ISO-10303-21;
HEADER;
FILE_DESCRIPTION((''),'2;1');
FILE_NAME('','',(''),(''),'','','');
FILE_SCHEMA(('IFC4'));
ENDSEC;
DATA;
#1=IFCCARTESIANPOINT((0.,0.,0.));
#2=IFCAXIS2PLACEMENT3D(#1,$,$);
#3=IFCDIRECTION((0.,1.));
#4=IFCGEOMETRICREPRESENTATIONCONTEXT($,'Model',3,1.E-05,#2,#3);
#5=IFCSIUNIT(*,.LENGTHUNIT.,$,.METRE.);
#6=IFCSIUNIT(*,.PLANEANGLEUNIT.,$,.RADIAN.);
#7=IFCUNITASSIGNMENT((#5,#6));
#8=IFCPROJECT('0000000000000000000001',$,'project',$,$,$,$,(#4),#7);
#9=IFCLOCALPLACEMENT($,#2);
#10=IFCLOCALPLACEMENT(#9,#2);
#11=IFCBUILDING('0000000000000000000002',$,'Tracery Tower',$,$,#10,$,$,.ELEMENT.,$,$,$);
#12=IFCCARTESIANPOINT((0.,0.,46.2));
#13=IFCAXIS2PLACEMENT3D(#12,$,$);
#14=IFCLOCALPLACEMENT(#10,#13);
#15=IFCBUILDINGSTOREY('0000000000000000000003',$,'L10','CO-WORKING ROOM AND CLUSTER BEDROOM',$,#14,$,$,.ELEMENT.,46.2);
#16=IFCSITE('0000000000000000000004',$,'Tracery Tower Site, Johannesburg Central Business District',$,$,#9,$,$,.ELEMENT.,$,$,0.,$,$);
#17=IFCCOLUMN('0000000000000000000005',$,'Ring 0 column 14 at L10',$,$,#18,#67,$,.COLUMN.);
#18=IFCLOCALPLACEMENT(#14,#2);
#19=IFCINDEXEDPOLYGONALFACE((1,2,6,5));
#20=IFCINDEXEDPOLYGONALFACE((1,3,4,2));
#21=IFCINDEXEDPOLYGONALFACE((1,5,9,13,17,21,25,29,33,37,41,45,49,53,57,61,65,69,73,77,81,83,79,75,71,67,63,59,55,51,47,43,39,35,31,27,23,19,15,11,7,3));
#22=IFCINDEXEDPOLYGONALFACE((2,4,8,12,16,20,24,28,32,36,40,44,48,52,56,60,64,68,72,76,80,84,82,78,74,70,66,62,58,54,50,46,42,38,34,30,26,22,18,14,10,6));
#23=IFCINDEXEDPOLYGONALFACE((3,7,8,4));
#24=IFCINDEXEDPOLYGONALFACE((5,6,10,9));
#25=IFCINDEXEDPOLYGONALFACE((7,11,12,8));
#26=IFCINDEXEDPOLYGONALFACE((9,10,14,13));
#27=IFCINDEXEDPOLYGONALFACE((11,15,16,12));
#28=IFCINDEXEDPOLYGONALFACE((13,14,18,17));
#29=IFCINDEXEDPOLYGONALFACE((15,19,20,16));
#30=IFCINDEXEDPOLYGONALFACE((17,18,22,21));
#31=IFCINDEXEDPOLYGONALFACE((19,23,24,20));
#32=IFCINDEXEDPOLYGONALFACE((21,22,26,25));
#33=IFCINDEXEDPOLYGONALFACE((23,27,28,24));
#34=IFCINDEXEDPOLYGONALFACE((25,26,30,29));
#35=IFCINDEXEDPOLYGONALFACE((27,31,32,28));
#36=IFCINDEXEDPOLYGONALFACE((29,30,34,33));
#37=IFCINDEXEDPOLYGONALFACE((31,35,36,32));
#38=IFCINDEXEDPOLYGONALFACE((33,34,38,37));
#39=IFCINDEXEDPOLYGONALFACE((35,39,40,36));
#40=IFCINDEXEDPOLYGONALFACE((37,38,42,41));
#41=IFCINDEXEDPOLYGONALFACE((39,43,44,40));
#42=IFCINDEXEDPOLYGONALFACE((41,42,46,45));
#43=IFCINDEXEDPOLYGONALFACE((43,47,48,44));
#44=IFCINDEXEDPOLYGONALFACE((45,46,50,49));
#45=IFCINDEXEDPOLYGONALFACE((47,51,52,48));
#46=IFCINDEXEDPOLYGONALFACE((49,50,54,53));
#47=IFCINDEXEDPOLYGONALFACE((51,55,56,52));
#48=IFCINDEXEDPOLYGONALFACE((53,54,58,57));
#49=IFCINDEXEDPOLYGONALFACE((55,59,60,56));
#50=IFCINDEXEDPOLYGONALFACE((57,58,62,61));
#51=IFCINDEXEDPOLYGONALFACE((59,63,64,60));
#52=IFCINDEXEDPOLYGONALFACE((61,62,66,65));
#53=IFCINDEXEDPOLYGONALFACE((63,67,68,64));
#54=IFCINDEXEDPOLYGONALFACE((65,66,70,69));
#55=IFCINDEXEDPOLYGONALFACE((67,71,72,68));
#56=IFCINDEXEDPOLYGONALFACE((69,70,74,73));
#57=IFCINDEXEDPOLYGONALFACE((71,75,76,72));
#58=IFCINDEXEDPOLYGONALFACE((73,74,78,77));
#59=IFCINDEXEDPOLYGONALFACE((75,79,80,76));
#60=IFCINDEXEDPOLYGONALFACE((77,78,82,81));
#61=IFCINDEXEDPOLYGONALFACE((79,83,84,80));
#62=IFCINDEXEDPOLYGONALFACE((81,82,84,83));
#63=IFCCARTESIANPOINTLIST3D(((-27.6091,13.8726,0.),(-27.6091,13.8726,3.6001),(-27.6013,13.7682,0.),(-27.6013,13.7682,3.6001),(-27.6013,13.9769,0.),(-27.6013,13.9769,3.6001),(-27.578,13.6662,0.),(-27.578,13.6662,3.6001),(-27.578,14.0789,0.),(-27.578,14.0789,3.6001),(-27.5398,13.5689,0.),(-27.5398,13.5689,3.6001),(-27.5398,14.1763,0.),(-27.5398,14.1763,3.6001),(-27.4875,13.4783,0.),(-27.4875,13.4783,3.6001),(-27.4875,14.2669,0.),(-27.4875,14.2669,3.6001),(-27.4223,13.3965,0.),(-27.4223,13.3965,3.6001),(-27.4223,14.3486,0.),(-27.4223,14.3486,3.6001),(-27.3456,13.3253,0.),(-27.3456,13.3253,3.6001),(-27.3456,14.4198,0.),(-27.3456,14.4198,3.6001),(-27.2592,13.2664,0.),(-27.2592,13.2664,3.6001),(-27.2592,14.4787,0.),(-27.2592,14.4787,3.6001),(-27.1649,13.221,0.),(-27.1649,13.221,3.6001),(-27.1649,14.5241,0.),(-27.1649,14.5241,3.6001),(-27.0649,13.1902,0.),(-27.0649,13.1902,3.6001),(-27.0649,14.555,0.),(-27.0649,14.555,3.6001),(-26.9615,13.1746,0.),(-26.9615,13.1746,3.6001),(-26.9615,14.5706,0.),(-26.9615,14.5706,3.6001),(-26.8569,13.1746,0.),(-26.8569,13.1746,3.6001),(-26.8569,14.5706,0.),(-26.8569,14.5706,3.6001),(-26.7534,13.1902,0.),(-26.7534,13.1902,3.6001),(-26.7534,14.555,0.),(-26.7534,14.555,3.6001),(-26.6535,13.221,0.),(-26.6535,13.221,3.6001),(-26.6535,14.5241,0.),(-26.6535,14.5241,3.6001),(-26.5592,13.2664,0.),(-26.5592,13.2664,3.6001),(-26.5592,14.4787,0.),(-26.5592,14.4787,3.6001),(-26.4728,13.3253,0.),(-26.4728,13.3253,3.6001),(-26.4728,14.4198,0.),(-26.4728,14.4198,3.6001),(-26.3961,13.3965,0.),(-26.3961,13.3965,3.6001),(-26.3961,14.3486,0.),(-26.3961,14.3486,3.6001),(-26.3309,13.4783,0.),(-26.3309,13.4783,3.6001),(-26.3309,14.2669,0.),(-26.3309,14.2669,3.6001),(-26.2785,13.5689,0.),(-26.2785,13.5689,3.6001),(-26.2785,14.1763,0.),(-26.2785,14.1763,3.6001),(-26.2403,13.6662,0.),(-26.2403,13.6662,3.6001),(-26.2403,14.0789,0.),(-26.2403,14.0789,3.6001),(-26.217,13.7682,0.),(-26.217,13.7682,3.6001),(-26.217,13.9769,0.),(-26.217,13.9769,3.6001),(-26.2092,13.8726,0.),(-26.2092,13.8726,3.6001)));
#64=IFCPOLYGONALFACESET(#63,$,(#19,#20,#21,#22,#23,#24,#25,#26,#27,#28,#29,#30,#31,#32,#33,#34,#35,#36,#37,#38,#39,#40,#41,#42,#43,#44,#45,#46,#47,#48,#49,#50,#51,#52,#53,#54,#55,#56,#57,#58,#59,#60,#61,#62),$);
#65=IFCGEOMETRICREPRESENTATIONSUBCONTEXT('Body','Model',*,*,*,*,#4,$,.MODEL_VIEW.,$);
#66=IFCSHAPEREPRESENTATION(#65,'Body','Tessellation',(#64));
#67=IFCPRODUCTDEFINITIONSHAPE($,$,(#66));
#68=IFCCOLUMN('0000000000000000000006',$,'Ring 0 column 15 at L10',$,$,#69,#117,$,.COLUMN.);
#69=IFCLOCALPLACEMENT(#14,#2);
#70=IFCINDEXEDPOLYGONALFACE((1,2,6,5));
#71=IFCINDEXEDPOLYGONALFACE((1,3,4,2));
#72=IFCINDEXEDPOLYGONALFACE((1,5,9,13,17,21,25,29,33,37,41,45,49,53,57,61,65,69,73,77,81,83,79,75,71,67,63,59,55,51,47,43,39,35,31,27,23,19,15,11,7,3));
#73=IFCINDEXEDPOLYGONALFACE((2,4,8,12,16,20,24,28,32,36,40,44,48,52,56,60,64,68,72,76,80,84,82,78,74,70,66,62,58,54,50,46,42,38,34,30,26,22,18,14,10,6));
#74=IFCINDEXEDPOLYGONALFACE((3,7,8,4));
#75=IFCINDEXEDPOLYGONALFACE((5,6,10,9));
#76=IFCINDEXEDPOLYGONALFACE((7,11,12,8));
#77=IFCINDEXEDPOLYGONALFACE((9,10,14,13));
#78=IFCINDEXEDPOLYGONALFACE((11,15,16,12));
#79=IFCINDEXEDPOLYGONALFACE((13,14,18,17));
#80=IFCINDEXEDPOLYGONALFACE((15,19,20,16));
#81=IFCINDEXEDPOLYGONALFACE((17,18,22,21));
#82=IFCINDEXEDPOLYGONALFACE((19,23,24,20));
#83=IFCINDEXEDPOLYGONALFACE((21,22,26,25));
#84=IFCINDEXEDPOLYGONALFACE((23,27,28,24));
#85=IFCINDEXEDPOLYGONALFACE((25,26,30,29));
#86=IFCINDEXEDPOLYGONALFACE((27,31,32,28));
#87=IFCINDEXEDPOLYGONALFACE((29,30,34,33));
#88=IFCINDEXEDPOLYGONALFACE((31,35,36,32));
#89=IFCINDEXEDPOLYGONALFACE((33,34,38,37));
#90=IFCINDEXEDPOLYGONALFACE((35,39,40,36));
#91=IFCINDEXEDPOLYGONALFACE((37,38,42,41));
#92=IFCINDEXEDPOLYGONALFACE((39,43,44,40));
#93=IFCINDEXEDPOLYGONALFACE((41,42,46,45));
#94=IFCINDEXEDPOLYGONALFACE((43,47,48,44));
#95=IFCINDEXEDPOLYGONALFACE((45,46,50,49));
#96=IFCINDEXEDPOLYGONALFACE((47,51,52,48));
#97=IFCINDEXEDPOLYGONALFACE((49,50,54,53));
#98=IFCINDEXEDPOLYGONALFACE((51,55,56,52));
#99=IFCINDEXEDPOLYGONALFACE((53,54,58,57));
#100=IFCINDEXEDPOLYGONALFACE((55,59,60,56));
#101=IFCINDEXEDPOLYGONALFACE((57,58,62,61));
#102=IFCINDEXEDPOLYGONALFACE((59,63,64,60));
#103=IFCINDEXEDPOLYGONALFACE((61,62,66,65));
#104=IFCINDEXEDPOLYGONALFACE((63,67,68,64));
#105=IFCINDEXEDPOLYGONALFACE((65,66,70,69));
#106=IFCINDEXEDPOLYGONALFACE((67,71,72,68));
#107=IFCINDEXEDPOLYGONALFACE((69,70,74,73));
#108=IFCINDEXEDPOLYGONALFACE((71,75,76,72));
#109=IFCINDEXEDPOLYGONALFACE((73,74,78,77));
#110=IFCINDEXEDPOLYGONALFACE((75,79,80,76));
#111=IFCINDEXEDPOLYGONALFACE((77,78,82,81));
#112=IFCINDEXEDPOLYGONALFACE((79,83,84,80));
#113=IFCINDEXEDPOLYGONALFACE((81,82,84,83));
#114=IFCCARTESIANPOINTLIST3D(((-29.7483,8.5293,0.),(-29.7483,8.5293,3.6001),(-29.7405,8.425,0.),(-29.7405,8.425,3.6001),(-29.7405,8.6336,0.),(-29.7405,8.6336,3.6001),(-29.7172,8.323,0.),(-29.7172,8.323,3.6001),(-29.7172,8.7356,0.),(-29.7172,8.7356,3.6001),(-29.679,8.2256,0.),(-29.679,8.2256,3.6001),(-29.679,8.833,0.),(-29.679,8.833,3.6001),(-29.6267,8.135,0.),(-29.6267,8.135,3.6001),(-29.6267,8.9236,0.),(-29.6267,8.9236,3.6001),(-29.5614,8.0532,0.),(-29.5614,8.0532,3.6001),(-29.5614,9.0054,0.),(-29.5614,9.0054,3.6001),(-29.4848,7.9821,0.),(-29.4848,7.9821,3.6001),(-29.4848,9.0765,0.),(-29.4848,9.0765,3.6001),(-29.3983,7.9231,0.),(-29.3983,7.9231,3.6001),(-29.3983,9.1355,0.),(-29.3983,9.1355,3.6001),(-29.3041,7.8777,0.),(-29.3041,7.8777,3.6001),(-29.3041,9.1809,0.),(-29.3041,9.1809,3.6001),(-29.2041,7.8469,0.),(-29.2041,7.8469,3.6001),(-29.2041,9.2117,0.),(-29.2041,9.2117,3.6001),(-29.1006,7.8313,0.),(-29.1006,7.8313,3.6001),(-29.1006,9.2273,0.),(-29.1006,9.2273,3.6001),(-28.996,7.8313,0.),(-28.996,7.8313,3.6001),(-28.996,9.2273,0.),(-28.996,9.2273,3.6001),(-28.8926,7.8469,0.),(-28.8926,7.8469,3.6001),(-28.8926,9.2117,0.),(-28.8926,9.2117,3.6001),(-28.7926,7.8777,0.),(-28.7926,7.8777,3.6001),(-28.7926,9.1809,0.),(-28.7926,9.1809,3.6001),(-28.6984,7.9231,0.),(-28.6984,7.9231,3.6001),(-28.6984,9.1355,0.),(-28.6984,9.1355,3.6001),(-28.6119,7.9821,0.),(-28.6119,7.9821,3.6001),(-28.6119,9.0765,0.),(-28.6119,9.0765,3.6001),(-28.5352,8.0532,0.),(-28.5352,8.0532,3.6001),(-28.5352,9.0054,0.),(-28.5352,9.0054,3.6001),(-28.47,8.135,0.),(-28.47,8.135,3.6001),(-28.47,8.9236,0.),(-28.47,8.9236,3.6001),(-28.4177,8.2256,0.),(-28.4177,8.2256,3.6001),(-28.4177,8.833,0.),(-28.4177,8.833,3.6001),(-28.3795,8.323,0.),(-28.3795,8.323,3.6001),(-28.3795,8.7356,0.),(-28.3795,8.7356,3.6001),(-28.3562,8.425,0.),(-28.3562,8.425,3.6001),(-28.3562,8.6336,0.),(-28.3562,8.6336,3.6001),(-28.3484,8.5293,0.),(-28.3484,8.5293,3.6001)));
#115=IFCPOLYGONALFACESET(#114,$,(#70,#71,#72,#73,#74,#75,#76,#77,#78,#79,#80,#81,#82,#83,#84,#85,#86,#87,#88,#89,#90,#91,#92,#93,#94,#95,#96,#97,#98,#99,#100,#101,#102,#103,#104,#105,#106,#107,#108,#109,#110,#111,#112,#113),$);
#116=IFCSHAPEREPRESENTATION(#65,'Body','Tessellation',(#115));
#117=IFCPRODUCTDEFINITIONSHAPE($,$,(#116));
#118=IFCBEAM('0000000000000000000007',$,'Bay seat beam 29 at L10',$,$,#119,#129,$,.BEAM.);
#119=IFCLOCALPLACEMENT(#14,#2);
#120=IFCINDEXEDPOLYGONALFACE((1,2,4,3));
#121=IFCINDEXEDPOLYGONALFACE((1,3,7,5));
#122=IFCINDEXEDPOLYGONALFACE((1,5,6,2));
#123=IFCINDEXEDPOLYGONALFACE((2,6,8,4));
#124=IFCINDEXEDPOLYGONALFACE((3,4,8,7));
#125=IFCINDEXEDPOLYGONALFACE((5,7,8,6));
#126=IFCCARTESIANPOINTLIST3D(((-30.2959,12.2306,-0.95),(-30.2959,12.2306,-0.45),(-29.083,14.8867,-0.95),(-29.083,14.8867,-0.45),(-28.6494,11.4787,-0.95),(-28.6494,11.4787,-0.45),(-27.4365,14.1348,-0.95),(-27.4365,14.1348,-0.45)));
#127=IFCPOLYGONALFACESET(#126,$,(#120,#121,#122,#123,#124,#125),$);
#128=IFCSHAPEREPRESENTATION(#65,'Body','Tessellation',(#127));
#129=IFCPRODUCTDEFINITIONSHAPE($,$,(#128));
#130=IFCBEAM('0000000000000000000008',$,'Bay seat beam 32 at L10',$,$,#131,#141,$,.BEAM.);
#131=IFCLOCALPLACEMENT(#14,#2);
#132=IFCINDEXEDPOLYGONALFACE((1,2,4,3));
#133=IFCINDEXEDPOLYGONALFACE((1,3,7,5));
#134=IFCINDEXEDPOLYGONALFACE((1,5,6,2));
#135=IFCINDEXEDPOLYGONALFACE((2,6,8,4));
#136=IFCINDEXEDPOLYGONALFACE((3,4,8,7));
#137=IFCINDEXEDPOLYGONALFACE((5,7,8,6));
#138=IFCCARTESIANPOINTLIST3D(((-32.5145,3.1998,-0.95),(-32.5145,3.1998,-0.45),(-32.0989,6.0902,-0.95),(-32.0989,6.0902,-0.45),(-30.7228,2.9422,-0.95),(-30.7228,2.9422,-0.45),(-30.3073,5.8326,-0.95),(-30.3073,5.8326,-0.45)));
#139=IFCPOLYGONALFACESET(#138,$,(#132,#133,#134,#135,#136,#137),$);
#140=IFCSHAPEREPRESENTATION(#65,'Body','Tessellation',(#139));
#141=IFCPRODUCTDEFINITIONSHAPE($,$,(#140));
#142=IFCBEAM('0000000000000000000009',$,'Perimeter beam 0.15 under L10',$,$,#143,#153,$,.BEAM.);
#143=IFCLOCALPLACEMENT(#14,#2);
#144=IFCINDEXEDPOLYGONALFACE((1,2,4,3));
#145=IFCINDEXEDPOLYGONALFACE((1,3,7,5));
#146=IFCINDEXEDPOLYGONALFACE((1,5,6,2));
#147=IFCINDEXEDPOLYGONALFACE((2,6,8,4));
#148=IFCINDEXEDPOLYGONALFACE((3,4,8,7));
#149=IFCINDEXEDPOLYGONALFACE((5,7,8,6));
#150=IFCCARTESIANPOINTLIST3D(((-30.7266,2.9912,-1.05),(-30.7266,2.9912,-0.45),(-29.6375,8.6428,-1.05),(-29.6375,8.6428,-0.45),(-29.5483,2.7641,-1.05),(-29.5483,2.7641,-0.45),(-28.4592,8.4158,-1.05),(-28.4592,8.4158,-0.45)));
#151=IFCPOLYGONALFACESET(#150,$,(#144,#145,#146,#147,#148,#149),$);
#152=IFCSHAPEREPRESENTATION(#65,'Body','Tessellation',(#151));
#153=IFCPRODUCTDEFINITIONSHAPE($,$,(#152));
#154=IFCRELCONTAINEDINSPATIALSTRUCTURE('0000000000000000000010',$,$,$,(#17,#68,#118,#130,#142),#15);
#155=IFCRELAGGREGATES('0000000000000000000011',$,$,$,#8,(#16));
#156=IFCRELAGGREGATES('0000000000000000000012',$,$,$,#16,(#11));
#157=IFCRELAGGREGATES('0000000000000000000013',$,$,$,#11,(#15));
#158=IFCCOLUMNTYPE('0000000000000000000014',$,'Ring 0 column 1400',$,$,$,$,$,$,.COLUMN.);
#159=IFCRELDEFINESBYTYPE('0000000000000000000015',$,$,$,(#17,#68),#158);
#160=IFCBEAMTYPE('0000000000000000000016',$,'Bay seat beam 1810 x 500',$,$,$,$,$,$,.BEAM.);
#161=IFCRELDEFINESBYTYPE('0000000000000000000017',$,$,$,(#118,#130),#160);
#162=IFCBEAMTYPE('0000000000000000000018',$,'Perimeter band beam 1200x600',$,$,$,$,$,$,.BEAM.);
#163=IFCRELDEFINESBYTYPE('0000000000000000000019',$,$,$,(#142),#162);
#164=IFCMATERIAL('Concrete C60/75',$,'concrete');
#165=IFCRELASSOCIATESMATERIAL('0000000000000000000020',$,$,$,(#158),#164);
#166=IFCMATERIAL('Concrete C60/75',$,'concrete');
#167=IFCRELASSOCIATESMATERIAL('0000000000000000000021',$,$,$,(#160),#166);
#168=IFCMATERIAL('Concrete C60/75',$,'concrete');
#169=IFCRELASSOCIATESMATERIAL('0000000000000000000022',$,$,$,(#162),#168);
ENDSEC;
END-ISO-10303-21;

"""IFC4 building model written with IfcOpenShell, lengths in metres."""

from ifc_helpers import new_model, si_unit, direction, frame, origin, origin_2d, place, context, subcontext, project, spatial, rectangle, circle, extrude, material, material_profile, profile_set, type_object, element, save


model = new_model("IFC4")

# Units and contexts
model_context = context("Model", 3, precision=1e-05, world=origin(), true_north=direction((0.0, 1.0)))
body_context = subcontext(model_context, "Body", "Model", "MODEL_VIEW")
ifc_project = project(units=[si_unit("LENGTHUNIT", "METRE"), si_unit("PLANEANGLEUNIT", "RADIAN")], contexts=[model_context])

# Site, building, storey
site_placement = place(None, origin())
site = spatial("IfcSite", under=ifc_project, at=site_placement, Name="Tracery Tower Site, Johannesburg Central Business District", CompositionType="ELEMENT", RefElevation=0.0)
building_placement = place(site_placement, origin())
building = spatial("IfcBuilding", under=site, at=building_placement, Name="Tracery Tower", CompositionType="ELEMENT")
storey_placement = place(building_placement, frame((0.0, 0.0, 46.2)))
storey = spatial("IfcBuildingStorey", under=building, at=storey_placement, Name="L10", Description="CO-WORKING ROOM AND CLUSTER BEDROOM", CompositionType="ELEMENT", Elevation=46.2)

# Columns
ifc_material_1 = material(Name="Concrete C60/75", Category="concrete")
ifc_material_profile_1 = material_profile(ifc_material_1, circle(Radius=0.7, at=origin_2d()), Name="RC D1400")
ifc_profile_set_1 = profile_set([ifc_material_profile_1], Name="Concrete C60/75")
column_type = type_object("IfcColumnType", Name="Ring 0 column 1400", PredefinedType="COLUMN", material=ifc_profile_set_1)
for number, where, z_axis, x_axis, name in (
    (1, (-26.9092, 13.8726, 0.0), (0.0, 0.0, 1.0), (1.0, 0.0, 0.0), "Ring 0 column 14 at L10"),
    (2, (-29.0483, 8.5293, 0.0), (0.0, 0.0, 1.0), (1.0, 0.0, 0.0), "Ring 0 column 15 at L10"),
):
    element("IfcColumn", number, at=place(storey_placement, frame(where, z_axis=z_axis, x_axis=x_axis)), inside=storey, type_object=column_type, Name=name, PredefinedType="COLUMN", context=body_context, shape_type="SweptSolid", body=[
        extrude(circle(Radius=0.7, at=origin_2d()), origin(), (0.0, 0.0, 1.0), 3.6001),
    ])

# Beams
ifc_material_2 = material(Name="Concrete C60/75", Category="concrete")
ifc_material_profile_2 = material_profile(ifc_material_2, rectangle(XDim=1.8101, YDim=0.5, at=origin_2d()), Name="RC 1810x500")
ifc_profile_set_2 = profile_set([ifc_material_profile_2], Name="Concrete C60/75")
beam_type_1 = type_object("IfcBeamType", Name="Bay seat beam 1810 x 500", PredefinedType="BEAM", material=ifc_profile_set_2)
beam_1_placement = place(storey_placement, frame((-28.2598, 14.5107, -0.7), z_axis=(-0.415396, -0.909641, 0.0), x_axis=(0.909641, -0.415396, 0.0)))
element("IfcBeam", 3, at=beam_1_placement, inside=storey, type_object=beam_type_1, Name="Bay seat beam 29 at L10", PredefinedType="BEAM", context=body_context, shape_type="SweptSolid", body=[
    extrude(rectangle(XDim=1.8101, YDim=0.5, at=origin_2d()), origin(), (0.0, 0.0, 1.0), 2.9199),
])
beam_2_placement = place(storey_placement, frame((-31.2031, 5.9614, -0.7), z_axis=(-0.142299, -0.989824, 0.0), x_axis=(0.989824, -0.142299, 0.0)))
element("IfcBeam", 4, at=beam_2_placement, inside=storey, type_object=beam_type_1, Name="Bay seat beam 32 at L10", PredefinedType="BEAM", context=body_context, shape_type="SweptSolid", body=[
    extrude(rectangle(XDim=1.8101, YDim=0.5, at=origin_2d()), origin(), (0.0, 0.0, 1.0), 2.9202),
])
ifc_material_3 = material(Name="Concrete C60/75", Category="concrete")
ifc_material_profile_3 = material_profile(ifc_material_3, rectangle(XDim=1.2, YDim=0.6001, at=origin_2d()), Name="RC 1200x600")
ifc_profile_set_3 = profile_set([ifc_material_profile_3], Name="Concrete C60/75")
beam_type_2 = type_object("IfcBeamType", Name="Perimeter band beam 1200x600", PredefinedType="BEAM", material=ifc_profile_set_3)
beam_3_placement = place(storey_placement, frame((-29.0483, 8.5293, -0.75), z_axis=(-0.189227, -0.981933, 0.0), x_axis=(0.981933, -0.189227, 0.0)))
element("IfcBeam", 5, at=beam_3_placement, inside=storey, type_object=beam_type_2, Name="Perimeter beam 0.15 under L10", PredefinedType="BEAM", context=body_context, shape_type="SweptSolid", body=[
    extrude(rectangle(XDim=1.2, YDim=0.6001, at=origin_2d()), origin(), (0.0, 0.0, 1.0), 5.7556),
])

save(model, "model.ifc")
